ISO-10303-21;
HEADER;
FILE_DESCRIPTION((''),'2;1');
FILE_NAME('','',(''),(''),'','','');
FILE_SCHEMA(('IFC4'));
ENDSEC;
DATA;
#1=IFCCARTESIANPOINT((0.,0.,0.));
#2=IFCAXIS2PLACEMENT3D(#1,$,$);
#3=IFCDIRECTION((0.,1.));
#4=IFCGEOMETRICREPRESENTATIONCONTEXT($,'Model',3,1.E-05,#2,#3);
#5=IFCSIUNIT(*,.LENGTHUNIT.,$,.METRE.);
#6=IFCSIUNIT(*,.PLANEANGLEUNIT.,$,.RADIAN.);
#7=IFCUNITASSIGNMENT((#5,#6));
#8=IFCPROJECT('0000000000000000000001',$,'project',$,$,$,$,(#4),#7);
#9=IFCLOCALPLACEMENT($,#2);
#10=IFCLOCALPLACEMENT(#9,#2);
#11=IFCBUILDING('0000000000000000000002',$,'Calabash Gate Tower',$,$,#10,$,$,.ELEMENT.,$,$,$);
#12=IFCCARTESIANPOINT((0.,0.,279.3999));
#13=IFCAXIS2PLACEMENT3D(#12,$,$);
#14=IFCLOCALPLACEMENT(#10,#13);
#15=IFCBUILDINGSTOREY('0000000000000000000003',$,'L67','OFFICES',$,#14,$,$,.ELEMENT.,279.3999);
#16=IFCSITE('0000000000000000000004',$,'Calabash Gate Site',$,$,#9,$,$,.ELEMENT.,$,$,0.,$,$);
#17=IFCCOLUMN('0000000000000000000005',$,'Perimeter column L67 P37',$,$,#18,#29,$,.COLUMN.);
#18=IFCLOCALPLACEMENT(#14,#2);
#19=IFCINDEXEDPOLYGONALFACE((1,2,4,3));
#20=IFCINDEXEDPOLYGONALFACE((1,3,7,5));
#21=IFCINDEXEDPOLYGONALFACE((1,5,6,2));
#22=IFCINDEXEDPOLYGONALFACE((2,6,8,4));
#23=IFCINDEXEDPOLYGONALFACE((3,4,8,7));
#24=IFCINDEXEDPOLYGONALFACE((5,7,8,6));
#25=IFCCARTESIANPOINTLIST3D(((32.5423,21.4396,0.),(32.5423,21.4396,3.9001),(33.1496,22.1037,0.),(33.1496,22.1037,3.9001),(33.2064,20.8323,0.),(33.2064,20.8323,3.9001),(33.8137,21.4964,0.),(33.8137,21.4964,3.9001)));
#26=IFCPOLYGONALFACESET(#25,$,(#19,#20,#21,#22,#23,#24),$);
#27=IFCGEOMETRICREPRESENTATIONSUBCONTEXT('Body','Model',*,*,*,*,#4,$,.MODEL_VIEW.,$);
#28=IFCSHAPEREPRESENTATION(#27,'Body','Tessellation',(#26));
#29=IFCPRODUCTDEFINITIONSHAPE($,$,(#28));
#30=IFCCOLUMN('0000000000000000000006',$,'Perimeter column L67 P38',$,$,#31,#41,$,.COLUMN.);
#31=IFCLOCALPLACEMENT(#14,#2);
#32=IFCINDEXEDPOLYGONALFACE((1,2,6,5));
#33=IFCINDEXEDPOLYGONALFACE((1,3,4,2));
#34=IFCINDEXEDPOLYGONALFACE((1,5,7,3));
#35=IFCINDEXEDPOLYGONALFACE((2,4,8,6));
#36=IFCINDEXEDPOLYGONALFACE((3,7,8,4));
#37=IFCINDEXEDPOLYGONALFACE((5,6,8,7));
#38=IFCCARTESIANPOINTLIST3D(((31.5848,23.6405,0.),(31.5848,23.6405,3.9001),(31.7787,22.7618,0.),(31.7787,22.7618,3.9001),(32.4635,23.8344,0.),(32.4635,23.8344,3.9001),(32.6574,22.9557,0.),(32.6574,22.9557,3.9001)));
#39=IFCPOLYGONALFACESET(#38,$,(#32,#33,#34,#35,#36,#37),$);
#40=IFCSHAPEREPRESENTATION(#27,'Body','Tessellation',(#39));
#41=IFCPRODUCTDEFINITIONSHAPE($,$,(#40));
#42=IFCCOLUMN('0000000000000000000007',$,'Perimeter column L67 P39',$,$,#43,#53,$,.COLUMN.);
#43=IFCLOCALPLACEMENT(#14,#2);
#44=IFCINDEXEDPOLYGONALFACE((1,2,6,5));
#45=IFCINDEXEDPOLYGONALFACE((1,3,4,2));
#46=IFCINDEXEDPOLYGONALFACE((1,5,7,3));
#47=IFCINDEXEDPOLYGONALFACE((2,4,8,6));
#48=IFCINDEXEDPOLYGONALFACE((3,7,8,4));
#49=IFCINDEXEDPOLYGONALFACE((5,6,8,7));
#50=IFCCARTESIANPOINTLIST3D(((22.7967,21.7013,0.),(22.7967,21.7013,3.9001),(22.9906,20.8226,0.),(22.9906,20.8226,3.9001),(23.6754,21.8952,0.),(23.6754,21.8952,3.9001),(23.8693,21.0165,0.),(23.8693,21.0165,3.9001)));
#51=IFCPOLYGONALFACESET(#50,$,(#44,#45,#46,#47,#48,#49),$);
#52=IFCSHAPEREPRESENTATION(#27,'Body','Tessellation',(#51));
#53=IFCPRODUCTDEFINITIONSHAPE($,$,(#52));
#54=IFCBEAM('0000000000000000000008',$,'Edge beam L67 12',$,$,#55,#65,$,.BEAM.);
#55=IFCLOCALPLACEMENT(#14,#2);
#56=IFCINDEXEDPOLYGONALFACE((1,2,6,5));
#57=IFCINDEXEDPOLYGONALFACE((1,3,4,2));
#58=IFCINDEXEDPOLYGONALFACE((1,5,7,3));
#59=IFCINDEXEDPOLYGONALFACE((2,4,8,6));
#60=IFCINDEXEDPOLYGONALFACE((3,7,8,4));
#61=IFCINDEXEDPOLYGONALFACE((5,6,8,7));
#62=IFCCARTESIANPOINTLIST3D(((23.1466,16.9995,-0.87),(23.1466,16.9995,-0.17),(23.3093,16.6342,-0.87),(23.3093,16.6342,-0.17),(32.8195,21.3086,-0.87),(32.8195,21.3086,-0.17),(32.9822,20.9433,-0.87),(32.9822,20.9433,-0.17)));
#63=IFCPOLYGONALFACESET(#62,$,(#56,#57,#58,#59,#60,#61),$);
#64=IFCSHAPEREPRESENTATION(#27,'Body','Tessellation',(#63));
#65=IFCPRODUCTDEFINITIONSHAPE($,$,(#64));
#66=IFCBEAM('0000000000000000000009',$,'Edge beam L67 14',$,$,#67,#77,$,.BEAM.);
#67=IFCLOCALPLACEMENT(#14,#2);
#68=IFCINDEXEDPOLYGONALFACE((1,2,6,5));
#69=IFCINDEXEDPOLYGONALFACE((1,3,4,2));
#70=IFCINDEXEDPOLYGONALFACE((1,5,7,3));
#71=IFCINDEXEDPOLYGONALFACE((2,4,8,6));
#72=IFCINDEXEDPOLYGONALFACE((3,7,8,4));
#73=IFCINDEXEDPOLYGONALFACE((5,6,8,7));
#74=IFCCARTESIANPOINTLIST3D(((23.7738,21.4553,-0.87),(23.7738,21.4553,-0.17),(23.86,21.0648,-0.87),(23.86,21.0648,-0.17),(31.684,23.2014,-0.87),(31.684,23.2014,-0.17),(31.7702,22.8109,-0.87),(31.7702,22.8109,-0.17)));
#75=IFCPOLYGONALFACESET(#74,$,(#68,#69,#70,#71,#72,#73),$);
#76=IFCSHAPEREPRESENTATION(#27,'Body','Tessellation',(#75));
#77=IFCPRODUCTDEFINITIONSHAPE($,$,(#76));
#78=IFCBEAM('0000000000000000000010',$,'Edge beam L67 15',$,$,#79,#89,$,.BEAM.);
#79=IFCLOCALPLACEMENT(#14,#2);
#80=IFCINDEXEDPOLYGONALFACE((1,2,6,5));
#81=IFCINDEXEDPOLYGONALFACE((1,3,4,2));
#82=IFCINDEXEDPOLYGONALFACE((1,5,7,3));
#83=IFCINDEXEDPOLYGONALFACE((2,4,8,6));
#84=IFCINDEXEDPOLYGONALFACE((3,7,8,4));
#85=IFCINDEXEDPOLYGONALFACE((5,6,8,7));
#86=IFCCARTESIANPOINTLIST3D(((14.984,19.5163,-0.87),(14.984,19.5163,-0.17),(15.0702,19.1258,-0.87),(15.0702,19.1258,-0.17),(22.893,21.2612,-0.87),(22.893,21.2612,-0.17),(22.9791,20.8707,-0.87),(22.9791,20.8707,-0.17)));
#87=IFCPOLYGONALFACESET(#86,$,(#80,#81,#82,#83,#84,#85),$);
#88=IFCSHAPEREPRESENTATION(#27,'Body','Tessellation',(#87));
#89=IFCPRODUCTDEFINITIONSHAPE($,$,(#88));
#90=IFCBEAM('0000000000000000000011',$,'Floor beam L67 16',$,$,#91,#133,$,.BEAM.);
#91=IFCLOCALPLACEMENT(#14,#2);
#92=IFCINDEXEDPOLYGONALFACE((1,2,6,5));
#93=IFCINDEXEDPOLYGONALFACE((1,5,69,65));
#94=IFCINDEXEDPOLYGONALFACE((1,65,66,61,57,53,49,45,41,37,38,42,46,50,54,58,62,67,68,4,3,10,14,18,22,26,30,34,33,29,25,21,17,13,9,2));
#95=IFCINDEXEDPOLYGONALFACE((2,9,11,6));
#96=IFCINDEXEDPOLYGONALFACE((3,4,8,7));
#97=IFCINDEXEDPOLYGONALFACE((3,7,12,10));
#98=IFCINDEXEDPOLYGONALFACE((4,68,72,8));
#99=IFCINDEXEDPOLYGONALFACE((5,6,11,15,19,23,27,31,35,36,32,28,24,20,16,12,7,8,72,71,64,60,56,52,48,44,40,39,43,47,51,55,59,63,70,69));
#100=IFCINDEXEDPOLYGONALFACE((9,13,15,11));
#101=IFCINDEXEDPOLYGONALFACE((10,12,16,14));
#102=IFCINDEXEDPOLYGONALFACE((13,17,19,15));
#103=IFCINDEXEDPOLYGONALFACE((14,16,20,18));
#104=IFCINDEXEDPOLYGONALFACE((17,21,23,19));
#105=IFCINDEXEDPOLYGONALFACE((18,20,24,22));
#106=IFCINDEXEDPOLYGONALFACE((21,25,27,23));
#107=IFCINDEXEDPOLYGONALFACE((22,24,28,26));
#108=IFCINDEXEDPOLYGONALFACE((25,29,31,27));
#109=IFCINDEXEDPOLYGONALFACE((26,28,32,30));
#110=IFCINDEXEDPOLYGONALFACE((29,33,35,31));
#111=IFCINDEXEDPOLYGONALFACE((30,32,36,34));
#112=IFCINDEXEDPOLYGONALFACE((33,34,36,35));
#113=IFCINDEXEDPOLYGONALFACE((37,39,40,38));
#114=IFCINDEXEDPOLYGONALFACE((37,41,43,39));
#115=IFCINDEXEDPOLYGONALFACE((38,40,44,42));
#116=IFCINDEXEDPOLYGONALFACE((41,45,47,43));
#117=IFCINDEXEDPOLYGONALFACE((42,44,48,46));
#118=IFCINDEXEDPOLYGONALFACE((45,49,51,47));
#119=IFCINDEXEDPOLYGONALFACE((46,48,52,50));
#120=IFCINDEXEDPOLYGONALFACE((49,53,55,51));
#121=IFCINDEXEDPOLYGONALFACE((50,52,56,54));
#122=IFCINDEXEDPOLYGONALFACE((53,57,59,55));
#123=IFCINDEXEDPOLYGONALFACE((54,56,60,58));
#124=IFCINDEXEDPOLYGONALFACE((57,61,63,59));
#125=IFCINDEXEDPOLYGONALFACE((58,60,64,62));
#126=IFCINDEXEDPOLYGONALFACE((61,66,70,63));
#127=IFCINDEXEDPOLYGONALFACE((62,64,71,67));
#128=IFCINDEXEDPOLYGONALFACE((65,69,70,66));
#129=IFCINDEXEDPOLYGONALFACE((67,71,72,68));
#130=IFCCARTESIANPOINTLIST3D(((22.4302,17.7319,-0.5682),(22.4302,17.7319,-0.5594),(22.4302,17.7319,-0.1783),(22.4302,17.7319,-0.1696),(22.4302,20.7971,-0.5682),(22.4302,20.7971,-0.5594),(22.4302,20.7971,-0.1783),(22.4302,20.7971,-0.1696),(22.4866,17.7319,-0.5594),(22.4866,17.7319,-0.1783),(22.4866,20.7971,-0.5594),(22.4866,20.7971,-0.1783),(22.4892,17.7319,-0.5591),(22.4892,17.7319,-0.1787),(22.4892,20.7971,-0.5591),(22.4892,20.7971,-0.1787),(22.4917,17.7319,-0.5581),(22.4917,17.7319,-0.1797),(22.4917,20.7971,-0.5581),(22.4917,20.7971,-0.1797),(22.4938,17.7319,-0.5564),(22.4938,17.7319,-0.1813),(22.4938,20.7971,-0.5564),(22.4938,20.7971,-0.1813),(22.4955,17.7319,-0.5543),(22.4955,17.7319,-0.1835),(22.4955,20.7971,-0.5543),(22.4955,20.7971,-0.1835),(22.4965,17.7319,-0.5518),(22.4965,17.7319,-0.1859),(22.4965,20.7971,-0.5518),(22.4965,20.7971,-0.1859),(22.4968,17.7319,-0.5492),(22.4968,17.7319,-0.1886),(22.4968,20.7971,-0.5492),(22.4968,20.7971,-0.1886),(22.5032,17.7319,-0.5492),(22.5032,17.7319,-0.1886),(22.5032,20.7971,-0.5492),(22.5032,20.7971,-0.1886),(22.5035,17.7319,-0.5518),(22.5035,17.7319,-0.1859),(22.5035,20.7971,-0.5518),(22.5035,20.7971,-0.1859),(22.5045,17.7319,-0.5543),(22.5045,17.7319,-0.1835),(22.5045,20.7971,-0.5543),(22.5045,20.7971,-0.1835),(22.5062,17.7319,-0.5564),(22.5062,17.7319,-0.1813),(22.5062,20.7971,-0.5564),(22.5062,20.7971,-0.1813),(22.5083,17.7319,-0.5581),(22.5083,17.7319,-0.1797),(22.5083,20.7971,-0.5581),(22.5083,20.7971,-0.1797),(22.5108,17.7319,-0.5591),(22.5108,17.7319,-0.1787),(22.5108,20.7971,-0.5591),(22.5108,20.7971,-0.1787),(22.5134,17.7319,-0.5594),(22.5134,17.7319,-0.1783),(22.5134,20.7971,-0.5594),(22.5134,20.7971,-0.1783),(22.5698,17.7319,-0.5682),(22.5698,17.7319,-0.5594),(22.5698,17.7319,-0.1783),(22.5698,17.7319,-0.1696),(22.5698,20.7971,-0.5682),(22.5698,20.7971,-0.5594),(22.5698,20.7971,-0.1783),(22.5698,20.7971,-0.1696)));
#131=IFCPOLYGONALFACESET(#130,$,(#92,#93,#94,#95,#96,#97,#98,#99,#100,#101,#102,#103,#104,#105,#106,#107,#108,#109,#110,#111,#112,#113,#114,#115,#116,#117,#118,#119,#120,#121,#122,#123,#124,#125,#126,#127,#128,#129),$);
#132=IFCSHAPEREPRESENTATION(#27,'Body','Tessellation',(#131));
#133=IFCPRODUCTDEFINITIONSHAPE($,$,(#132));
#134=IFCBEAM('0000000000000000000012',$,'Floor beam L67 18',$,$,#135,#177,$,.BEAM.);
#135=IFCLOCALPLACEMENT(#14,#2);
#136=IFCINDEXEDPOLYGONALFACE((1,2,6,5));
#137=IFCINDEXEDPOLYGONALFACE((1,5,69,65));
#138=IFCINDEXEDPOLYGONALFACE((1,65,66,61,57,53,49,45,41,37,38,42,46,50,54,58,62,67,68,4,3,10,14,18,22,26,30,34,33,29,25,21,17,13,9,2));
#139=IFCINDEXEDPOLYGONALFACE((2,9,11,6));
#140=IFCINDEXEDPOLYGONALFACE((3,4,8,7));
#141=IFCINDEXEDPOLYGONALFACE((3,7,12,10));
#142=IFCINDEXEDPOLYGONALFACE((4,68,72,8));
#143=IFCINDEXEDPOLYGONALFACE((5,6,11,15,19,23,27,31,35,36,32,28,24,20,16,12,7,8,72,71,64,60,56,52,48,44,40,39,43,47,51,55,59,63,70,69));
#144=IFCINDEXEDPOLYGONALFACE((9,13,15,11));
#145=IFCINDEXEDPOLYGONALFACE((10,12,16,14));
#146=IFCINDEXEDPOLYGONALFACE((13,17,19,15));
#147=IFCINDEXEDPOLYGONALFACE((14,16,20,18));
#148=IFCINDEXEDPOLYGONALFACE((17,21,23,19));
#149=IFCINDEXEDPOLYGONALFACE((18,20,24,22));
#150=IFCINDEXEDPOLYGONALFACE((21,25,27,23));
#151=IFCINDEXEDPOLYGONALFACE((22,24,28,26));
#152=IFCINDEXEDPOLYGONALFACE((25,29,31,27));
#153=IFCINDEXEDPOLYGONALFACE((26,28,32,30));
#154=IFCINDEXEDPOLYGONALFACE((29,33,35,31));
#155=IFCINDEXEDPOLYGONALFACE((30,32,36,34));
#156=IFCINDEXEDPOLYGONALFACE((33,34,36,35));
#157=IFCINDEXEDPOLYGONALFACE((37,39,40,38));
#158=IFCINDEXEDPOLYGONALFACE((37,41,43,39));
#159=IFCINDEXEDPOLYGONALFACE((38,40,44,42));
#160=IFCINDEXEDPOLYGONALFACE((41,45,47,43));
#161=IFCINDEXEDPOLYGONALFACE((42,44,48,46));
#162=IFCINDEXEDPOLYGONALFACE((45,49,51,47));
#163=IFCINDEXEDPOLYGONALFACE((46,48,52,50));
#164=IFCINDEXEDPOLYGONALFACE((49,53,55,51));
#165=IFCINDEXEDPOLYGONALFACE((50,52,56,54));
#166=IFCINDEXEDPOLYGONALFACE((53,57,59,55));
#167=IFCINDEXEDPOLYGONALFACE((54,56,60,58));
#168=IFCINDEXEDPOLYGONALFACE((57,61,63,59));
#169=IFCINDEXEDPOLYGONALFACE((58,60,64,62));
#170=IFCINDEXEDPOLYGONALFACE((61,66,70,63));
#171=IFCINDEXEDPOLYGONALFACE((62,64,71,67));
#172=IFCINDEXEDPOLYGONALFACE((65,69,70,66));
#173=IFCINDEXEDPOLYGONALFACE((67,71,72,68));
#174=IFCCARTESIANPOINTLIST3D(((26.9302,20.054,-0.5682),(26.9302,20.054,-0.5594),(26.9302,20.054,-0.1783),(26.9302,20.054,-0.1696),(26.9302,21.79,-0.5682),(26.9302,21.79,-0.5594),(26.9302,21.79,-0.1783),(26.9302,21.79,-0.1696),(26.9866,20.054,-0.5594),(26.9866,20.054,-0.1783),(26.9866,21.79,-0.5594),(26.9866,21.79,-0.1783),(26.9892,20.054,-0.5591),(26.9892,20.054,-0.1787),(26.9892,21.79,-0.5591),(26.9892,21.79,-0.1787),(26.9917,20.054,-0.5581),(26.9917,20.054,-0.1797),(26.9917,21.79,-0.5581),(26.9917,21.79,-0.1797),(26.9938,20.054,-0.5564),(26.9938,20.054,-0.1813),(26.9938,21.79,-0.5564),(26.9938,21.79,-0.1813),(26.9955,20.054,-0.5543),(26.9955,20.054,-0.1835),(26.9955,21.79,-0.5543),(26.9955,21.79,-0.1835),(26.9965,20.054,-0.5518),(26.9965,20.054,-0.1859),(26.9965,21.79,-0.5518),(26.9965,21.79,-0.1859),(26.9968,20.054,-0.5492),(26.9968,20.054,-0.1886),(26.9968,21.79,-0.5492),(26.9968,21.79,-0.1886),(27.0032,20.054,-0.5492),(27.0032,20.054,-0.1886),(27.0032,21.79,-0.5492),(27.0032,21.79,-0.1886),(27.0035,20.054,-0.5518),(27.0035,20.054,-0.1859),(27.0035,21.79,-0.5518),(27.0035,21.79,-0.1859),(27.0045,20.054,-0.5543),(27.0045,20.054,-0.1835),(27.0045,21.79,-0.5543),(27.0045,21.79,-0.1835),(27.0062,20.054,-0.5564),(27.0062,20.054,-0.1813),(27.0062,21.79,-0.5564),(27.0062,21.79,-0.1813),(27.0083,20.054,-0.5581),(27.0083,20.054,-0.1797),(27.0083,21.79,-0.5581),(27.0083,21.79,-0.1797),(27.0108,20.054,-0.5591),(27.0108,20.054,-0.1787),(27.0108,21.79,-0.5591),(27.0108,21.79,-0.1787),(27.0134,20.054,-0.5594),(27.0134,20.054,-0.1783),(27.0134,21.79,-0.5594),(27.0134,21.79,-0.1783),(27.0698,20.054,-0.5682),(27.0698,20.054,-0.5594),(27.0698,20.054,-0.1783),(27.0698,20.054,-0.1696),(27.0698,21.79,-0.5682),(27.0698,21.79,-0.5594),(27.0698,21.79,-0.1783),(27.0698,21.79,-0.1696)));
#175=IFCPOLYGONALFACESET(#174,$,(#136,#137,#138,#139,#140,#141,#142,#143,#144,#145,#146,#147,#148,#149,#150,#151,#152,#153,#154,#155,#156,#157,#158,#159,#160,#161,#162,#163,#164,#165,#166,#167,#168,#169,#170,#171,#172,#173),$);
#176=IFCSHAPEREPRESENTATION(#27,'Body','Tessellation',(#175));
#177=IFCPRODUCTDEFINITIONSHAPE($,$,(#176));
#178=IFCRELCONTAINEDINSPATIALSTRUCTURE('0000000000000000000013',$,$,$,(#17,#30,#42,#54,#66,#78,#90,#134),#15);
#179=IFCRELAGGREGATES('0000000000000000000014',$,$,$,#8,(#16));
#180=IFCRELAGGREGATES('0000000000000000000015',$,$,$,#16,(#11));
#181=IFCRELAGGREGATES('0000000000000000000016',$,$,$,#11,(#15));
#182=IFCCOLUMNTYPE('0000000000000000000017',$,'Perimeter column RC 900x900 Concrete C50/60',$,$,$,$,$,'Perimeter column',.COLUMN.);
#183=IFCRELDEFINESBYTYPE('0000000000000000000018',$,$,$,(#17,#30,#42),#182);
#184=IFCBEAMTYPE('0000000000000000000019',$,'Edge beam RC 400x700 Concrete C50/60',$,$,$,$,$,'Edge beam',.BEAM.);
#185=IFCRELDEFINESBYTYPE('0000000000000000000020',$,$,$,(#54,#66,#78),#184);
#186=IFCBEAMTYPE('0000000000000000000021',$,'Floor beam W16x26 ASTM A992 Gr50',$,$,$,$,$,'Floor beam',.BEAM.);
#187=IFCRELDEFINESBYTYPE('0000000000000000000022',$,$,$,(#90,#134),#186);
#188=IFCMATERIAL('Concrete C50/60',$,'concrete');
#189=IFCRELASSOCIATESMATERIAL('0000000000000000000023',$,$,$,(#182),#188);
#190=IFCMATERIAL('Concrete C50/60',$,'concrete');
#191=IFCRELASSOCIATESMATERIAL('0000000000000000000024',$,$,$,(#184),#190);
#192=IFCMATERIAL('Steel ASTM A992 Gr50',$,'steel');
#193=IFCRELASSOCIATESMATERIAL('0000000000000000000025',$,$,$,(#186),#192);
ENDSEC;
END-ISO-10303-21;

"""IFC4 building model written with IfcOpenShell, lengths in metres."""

from ifc_helpers import new_model, si_unit, direction, frame, origin, origin_2d, place, context, subcontext, project, spatial, rectangle, i_section, extrude, material, material_profile, profile_set, type_object, element, save


model = new_model("IFC4")

# Units and contexts
model_context = context("Model", 3, precision=1e-05, world=origin(), true_north=direction((0.0, 1.0)))
body_context = subcontext(model_context, "Body", "Model", "MODEL_VIEW")
ifc_project = project(units=[si_unit("LENGTHUNIT", "METRE"), si_unit("PLANEANGLEUNIT", "RADIAN")], contexts=[model_context])

# Site, building, storey
site_placement = place(None, origin())
site = spatial("IfcSite", under=ifc_project, at=site_placement, Name="Calabash Gate Site", CompositionType="ELEMENT", RefElevation=0.0)
building_placement = place(site_placement, origin())
building = spatial("IfcBuilding", under=site, at=building_placement, Name="Calabash Gate Tower", CompositionType="ELEMENT")
storey_placement = place(building_placement, frame((0.0, 0.0, 279.3999)))
storey = spatial("IfcBuildingStorey", under=building, at=storey_placement, Name="L67", Description="OFFICES", CompositionType="ELEMENT", Elevation=279.3999)

# Columns
ifc_material_1 = material(Name="Concrete C50/60", Category="concrete")
ifc_material_profile_1 = material_profile(ifc_material_1, rectangle(XDim=0.8999, YDim=0.8999, at=origin_2d()))
ifc_profile_set_1 = profile_set([ifc_material_profile_1], Name="Concrete C50/60")
column_type = type_object("IfcColumnType", Name="Perimeter column RC 900x900 Concrete C50/60", ElementType="Perimeter column", PredefinedType="COLUMN", material=ifc_profile_set_1)
for number, where, z_axis, x_axis, name in (
    (1, (33.178, 21.468, 0.0), (0.0, 0.0, 1.0), (0.674856, 0.737949, 0.0), "Perimeter column L67 P37"),
    (2, (32.1211, 23.2981, 0.0), (0.0, 0.0, 1.0), (-0.976511, -0.215468, 0.0), "Perimeter column L67 P38"),
    (3, (23.333, 21.3589, 0.0), (0.0, 0.0, 1.0), (-0.976511, -0.215468, 0.0), "Perimeter column L67 P39"),
):
    element("IfcColumn", number, at=place(storey_placement, frame(where, z_axis=z_axis, x_axis=x_axis)), inside=storey, type_object=column_type, Name=name, PredefinedType="COLUMN", context=body_context, shape_type="SweptSolid", body=[
        extrude(rectangle(XDim=0.8999, YDim=0.8999, at=origin_2d()), origin(), (0.0, 0.0, 1.0), 3.9001),
    ])

# Beams
ifc_material_2 = material(Name="Concrete C50/60", Category="concrete")
ifc_material_profile_2 = material_profile(ifc_material_2, rectangle(XDim=0.3999, YDim=0.7, at=origin_2d()))
ifc_profile_set_2 = profile_set([ifc_material_profile_2], Name="Concrete C50/60")
beam_type_1 = type_object("IfcBeamType", Name="Edge beam RC 400x700 Concrete C50/60", ElementType="Edge beam", PredefinedType="BEAM", material=ifc_profile_set_2)
beam_1_placement = place(storey_placement, frame((32.9009, 21.126, -0.52), z_axis=(-0.913459, -0.40693, 0.0), x_axis=(0.40693, -0.913459, 0.0)))
element("IfcBeam", 4, at=beam_1_placement, inside=storey, type_object=beam_type_1, Name="Edge beam L67 12", PredefinedType="BEAM", context=body_context, shape_type="SweptSolid", body=[
    extrude(rectangle(XDim=0.3999, YDim=0.7, at=origin_2d()), origin(), (0.0, 0.0, 1.0), 10.5894),
])
beam_2_placement = place(storey_placement, frame((31.7271, 23.0061, -0.52), z_axis=(-0.976492, -0.215552, 0.0), x_axis=(0.215552, -0.976492, 0.0)))
element("IfcBeam", 5, at=beam_2_placement, inside=storey, type_object=beam_type_1, Name="Edge beam L67 14", PredefinedType="BEAM", context=body_context, shape_type="SweptSolid", body=[
    extrude(rectangle(XDim=0.3999, YDim=0.7, at=origin_2d()), origin(), (0.0, 0.0, 1.0), 8.1006),
])
beam_3_placement = place(storey_placement, frame((22.936, 21.0659, -0.52), z_axis=(-0.976517, -0.21544, 0.0), x_axis=(0.21544, -0.976517, 0.0)))
element("IfcBeam", 6, at=beam_3_placement, inside=storey, type_object=beam_type_1, Name="Edge beam L67 15", PredefinedType="BEAM", context=body_context, shape_type="SweptSolid", body=[
    extrude(rectangle(XDim=0.3999, YDim=0.7, at=origin_2d()), origin(), (0.0, 0.0, 1.0), 8.0991),
])
ifc_material_3 = material(Name="Steel ASTM A992 Gr50", Category="steel")
ifc_material_profile_3 = material_profile(ifc_material_3, i_section(OverallWidth=0.1396, OverallDepth=0.3987, WebThickness=0.0063, FlangeThickness=0.0088, FilletRadius=0.0103, at=origin_2d()))
ifc_profile_set_3 = profile_set([ifc_material_profile_3], Name="Steel ASTM A992 Gr50")
beam_type_2 = type_object("IfcBeamType", Name="Floor beam W16x26 ASTM A992 Gr50", ElementType="Floor beam", PredefinedType="BEAM", material=ifc_profile_set_3)
beam_4_placement = place(storey_placement, frame((22.5, 17.7319, -0.3689), z_axis=(0.0, 1.0, 0.0), x_axis=(-1.0, 0.0, 0.0)))
element("IfcBeam", 7, at=beam_4_placement, inside=storey, type_object=beam_type_2, Name="Floor beam L67 16", PredefinedType="BEAM", context=body_context, shape_type="SweptSolid", body=[
    extrude(i_section(OverallWidth=0.1396, OverallDepth=0.3987, WebThickness=0.0063, FlangeThickness=0.0088, FilletRadius=0.0103, at=origin_2d()), origin(), (0.0, 0.0, 1.0), 3.0652),
])
beam_5_placement = place(storey_placement, frame((27.0, 20.054, -0.3689), z_axis=(0.0, 1.0, 0.0), x_axis=(-1.0, 0.0, 0.0)))
element("IfcBeam", 8, at=beam_5_placement, inside=storey, type_object=beam_type_2, Name="Floor beam L67 18", PredefinedType="BEAM", context=body_context, shape_type="SweptSolid", body=[
    extrude(i_section(OverallWidth=0.1396, OverallDepth=0.3987, WebThickness=0.0063, FlangeThickness=0.0088, FilletRadius=0.0103, at=origin_2d()), origin(), (0.0, 0.0, 1.0), 1.7361),
])

save(model, "model.ifc")
